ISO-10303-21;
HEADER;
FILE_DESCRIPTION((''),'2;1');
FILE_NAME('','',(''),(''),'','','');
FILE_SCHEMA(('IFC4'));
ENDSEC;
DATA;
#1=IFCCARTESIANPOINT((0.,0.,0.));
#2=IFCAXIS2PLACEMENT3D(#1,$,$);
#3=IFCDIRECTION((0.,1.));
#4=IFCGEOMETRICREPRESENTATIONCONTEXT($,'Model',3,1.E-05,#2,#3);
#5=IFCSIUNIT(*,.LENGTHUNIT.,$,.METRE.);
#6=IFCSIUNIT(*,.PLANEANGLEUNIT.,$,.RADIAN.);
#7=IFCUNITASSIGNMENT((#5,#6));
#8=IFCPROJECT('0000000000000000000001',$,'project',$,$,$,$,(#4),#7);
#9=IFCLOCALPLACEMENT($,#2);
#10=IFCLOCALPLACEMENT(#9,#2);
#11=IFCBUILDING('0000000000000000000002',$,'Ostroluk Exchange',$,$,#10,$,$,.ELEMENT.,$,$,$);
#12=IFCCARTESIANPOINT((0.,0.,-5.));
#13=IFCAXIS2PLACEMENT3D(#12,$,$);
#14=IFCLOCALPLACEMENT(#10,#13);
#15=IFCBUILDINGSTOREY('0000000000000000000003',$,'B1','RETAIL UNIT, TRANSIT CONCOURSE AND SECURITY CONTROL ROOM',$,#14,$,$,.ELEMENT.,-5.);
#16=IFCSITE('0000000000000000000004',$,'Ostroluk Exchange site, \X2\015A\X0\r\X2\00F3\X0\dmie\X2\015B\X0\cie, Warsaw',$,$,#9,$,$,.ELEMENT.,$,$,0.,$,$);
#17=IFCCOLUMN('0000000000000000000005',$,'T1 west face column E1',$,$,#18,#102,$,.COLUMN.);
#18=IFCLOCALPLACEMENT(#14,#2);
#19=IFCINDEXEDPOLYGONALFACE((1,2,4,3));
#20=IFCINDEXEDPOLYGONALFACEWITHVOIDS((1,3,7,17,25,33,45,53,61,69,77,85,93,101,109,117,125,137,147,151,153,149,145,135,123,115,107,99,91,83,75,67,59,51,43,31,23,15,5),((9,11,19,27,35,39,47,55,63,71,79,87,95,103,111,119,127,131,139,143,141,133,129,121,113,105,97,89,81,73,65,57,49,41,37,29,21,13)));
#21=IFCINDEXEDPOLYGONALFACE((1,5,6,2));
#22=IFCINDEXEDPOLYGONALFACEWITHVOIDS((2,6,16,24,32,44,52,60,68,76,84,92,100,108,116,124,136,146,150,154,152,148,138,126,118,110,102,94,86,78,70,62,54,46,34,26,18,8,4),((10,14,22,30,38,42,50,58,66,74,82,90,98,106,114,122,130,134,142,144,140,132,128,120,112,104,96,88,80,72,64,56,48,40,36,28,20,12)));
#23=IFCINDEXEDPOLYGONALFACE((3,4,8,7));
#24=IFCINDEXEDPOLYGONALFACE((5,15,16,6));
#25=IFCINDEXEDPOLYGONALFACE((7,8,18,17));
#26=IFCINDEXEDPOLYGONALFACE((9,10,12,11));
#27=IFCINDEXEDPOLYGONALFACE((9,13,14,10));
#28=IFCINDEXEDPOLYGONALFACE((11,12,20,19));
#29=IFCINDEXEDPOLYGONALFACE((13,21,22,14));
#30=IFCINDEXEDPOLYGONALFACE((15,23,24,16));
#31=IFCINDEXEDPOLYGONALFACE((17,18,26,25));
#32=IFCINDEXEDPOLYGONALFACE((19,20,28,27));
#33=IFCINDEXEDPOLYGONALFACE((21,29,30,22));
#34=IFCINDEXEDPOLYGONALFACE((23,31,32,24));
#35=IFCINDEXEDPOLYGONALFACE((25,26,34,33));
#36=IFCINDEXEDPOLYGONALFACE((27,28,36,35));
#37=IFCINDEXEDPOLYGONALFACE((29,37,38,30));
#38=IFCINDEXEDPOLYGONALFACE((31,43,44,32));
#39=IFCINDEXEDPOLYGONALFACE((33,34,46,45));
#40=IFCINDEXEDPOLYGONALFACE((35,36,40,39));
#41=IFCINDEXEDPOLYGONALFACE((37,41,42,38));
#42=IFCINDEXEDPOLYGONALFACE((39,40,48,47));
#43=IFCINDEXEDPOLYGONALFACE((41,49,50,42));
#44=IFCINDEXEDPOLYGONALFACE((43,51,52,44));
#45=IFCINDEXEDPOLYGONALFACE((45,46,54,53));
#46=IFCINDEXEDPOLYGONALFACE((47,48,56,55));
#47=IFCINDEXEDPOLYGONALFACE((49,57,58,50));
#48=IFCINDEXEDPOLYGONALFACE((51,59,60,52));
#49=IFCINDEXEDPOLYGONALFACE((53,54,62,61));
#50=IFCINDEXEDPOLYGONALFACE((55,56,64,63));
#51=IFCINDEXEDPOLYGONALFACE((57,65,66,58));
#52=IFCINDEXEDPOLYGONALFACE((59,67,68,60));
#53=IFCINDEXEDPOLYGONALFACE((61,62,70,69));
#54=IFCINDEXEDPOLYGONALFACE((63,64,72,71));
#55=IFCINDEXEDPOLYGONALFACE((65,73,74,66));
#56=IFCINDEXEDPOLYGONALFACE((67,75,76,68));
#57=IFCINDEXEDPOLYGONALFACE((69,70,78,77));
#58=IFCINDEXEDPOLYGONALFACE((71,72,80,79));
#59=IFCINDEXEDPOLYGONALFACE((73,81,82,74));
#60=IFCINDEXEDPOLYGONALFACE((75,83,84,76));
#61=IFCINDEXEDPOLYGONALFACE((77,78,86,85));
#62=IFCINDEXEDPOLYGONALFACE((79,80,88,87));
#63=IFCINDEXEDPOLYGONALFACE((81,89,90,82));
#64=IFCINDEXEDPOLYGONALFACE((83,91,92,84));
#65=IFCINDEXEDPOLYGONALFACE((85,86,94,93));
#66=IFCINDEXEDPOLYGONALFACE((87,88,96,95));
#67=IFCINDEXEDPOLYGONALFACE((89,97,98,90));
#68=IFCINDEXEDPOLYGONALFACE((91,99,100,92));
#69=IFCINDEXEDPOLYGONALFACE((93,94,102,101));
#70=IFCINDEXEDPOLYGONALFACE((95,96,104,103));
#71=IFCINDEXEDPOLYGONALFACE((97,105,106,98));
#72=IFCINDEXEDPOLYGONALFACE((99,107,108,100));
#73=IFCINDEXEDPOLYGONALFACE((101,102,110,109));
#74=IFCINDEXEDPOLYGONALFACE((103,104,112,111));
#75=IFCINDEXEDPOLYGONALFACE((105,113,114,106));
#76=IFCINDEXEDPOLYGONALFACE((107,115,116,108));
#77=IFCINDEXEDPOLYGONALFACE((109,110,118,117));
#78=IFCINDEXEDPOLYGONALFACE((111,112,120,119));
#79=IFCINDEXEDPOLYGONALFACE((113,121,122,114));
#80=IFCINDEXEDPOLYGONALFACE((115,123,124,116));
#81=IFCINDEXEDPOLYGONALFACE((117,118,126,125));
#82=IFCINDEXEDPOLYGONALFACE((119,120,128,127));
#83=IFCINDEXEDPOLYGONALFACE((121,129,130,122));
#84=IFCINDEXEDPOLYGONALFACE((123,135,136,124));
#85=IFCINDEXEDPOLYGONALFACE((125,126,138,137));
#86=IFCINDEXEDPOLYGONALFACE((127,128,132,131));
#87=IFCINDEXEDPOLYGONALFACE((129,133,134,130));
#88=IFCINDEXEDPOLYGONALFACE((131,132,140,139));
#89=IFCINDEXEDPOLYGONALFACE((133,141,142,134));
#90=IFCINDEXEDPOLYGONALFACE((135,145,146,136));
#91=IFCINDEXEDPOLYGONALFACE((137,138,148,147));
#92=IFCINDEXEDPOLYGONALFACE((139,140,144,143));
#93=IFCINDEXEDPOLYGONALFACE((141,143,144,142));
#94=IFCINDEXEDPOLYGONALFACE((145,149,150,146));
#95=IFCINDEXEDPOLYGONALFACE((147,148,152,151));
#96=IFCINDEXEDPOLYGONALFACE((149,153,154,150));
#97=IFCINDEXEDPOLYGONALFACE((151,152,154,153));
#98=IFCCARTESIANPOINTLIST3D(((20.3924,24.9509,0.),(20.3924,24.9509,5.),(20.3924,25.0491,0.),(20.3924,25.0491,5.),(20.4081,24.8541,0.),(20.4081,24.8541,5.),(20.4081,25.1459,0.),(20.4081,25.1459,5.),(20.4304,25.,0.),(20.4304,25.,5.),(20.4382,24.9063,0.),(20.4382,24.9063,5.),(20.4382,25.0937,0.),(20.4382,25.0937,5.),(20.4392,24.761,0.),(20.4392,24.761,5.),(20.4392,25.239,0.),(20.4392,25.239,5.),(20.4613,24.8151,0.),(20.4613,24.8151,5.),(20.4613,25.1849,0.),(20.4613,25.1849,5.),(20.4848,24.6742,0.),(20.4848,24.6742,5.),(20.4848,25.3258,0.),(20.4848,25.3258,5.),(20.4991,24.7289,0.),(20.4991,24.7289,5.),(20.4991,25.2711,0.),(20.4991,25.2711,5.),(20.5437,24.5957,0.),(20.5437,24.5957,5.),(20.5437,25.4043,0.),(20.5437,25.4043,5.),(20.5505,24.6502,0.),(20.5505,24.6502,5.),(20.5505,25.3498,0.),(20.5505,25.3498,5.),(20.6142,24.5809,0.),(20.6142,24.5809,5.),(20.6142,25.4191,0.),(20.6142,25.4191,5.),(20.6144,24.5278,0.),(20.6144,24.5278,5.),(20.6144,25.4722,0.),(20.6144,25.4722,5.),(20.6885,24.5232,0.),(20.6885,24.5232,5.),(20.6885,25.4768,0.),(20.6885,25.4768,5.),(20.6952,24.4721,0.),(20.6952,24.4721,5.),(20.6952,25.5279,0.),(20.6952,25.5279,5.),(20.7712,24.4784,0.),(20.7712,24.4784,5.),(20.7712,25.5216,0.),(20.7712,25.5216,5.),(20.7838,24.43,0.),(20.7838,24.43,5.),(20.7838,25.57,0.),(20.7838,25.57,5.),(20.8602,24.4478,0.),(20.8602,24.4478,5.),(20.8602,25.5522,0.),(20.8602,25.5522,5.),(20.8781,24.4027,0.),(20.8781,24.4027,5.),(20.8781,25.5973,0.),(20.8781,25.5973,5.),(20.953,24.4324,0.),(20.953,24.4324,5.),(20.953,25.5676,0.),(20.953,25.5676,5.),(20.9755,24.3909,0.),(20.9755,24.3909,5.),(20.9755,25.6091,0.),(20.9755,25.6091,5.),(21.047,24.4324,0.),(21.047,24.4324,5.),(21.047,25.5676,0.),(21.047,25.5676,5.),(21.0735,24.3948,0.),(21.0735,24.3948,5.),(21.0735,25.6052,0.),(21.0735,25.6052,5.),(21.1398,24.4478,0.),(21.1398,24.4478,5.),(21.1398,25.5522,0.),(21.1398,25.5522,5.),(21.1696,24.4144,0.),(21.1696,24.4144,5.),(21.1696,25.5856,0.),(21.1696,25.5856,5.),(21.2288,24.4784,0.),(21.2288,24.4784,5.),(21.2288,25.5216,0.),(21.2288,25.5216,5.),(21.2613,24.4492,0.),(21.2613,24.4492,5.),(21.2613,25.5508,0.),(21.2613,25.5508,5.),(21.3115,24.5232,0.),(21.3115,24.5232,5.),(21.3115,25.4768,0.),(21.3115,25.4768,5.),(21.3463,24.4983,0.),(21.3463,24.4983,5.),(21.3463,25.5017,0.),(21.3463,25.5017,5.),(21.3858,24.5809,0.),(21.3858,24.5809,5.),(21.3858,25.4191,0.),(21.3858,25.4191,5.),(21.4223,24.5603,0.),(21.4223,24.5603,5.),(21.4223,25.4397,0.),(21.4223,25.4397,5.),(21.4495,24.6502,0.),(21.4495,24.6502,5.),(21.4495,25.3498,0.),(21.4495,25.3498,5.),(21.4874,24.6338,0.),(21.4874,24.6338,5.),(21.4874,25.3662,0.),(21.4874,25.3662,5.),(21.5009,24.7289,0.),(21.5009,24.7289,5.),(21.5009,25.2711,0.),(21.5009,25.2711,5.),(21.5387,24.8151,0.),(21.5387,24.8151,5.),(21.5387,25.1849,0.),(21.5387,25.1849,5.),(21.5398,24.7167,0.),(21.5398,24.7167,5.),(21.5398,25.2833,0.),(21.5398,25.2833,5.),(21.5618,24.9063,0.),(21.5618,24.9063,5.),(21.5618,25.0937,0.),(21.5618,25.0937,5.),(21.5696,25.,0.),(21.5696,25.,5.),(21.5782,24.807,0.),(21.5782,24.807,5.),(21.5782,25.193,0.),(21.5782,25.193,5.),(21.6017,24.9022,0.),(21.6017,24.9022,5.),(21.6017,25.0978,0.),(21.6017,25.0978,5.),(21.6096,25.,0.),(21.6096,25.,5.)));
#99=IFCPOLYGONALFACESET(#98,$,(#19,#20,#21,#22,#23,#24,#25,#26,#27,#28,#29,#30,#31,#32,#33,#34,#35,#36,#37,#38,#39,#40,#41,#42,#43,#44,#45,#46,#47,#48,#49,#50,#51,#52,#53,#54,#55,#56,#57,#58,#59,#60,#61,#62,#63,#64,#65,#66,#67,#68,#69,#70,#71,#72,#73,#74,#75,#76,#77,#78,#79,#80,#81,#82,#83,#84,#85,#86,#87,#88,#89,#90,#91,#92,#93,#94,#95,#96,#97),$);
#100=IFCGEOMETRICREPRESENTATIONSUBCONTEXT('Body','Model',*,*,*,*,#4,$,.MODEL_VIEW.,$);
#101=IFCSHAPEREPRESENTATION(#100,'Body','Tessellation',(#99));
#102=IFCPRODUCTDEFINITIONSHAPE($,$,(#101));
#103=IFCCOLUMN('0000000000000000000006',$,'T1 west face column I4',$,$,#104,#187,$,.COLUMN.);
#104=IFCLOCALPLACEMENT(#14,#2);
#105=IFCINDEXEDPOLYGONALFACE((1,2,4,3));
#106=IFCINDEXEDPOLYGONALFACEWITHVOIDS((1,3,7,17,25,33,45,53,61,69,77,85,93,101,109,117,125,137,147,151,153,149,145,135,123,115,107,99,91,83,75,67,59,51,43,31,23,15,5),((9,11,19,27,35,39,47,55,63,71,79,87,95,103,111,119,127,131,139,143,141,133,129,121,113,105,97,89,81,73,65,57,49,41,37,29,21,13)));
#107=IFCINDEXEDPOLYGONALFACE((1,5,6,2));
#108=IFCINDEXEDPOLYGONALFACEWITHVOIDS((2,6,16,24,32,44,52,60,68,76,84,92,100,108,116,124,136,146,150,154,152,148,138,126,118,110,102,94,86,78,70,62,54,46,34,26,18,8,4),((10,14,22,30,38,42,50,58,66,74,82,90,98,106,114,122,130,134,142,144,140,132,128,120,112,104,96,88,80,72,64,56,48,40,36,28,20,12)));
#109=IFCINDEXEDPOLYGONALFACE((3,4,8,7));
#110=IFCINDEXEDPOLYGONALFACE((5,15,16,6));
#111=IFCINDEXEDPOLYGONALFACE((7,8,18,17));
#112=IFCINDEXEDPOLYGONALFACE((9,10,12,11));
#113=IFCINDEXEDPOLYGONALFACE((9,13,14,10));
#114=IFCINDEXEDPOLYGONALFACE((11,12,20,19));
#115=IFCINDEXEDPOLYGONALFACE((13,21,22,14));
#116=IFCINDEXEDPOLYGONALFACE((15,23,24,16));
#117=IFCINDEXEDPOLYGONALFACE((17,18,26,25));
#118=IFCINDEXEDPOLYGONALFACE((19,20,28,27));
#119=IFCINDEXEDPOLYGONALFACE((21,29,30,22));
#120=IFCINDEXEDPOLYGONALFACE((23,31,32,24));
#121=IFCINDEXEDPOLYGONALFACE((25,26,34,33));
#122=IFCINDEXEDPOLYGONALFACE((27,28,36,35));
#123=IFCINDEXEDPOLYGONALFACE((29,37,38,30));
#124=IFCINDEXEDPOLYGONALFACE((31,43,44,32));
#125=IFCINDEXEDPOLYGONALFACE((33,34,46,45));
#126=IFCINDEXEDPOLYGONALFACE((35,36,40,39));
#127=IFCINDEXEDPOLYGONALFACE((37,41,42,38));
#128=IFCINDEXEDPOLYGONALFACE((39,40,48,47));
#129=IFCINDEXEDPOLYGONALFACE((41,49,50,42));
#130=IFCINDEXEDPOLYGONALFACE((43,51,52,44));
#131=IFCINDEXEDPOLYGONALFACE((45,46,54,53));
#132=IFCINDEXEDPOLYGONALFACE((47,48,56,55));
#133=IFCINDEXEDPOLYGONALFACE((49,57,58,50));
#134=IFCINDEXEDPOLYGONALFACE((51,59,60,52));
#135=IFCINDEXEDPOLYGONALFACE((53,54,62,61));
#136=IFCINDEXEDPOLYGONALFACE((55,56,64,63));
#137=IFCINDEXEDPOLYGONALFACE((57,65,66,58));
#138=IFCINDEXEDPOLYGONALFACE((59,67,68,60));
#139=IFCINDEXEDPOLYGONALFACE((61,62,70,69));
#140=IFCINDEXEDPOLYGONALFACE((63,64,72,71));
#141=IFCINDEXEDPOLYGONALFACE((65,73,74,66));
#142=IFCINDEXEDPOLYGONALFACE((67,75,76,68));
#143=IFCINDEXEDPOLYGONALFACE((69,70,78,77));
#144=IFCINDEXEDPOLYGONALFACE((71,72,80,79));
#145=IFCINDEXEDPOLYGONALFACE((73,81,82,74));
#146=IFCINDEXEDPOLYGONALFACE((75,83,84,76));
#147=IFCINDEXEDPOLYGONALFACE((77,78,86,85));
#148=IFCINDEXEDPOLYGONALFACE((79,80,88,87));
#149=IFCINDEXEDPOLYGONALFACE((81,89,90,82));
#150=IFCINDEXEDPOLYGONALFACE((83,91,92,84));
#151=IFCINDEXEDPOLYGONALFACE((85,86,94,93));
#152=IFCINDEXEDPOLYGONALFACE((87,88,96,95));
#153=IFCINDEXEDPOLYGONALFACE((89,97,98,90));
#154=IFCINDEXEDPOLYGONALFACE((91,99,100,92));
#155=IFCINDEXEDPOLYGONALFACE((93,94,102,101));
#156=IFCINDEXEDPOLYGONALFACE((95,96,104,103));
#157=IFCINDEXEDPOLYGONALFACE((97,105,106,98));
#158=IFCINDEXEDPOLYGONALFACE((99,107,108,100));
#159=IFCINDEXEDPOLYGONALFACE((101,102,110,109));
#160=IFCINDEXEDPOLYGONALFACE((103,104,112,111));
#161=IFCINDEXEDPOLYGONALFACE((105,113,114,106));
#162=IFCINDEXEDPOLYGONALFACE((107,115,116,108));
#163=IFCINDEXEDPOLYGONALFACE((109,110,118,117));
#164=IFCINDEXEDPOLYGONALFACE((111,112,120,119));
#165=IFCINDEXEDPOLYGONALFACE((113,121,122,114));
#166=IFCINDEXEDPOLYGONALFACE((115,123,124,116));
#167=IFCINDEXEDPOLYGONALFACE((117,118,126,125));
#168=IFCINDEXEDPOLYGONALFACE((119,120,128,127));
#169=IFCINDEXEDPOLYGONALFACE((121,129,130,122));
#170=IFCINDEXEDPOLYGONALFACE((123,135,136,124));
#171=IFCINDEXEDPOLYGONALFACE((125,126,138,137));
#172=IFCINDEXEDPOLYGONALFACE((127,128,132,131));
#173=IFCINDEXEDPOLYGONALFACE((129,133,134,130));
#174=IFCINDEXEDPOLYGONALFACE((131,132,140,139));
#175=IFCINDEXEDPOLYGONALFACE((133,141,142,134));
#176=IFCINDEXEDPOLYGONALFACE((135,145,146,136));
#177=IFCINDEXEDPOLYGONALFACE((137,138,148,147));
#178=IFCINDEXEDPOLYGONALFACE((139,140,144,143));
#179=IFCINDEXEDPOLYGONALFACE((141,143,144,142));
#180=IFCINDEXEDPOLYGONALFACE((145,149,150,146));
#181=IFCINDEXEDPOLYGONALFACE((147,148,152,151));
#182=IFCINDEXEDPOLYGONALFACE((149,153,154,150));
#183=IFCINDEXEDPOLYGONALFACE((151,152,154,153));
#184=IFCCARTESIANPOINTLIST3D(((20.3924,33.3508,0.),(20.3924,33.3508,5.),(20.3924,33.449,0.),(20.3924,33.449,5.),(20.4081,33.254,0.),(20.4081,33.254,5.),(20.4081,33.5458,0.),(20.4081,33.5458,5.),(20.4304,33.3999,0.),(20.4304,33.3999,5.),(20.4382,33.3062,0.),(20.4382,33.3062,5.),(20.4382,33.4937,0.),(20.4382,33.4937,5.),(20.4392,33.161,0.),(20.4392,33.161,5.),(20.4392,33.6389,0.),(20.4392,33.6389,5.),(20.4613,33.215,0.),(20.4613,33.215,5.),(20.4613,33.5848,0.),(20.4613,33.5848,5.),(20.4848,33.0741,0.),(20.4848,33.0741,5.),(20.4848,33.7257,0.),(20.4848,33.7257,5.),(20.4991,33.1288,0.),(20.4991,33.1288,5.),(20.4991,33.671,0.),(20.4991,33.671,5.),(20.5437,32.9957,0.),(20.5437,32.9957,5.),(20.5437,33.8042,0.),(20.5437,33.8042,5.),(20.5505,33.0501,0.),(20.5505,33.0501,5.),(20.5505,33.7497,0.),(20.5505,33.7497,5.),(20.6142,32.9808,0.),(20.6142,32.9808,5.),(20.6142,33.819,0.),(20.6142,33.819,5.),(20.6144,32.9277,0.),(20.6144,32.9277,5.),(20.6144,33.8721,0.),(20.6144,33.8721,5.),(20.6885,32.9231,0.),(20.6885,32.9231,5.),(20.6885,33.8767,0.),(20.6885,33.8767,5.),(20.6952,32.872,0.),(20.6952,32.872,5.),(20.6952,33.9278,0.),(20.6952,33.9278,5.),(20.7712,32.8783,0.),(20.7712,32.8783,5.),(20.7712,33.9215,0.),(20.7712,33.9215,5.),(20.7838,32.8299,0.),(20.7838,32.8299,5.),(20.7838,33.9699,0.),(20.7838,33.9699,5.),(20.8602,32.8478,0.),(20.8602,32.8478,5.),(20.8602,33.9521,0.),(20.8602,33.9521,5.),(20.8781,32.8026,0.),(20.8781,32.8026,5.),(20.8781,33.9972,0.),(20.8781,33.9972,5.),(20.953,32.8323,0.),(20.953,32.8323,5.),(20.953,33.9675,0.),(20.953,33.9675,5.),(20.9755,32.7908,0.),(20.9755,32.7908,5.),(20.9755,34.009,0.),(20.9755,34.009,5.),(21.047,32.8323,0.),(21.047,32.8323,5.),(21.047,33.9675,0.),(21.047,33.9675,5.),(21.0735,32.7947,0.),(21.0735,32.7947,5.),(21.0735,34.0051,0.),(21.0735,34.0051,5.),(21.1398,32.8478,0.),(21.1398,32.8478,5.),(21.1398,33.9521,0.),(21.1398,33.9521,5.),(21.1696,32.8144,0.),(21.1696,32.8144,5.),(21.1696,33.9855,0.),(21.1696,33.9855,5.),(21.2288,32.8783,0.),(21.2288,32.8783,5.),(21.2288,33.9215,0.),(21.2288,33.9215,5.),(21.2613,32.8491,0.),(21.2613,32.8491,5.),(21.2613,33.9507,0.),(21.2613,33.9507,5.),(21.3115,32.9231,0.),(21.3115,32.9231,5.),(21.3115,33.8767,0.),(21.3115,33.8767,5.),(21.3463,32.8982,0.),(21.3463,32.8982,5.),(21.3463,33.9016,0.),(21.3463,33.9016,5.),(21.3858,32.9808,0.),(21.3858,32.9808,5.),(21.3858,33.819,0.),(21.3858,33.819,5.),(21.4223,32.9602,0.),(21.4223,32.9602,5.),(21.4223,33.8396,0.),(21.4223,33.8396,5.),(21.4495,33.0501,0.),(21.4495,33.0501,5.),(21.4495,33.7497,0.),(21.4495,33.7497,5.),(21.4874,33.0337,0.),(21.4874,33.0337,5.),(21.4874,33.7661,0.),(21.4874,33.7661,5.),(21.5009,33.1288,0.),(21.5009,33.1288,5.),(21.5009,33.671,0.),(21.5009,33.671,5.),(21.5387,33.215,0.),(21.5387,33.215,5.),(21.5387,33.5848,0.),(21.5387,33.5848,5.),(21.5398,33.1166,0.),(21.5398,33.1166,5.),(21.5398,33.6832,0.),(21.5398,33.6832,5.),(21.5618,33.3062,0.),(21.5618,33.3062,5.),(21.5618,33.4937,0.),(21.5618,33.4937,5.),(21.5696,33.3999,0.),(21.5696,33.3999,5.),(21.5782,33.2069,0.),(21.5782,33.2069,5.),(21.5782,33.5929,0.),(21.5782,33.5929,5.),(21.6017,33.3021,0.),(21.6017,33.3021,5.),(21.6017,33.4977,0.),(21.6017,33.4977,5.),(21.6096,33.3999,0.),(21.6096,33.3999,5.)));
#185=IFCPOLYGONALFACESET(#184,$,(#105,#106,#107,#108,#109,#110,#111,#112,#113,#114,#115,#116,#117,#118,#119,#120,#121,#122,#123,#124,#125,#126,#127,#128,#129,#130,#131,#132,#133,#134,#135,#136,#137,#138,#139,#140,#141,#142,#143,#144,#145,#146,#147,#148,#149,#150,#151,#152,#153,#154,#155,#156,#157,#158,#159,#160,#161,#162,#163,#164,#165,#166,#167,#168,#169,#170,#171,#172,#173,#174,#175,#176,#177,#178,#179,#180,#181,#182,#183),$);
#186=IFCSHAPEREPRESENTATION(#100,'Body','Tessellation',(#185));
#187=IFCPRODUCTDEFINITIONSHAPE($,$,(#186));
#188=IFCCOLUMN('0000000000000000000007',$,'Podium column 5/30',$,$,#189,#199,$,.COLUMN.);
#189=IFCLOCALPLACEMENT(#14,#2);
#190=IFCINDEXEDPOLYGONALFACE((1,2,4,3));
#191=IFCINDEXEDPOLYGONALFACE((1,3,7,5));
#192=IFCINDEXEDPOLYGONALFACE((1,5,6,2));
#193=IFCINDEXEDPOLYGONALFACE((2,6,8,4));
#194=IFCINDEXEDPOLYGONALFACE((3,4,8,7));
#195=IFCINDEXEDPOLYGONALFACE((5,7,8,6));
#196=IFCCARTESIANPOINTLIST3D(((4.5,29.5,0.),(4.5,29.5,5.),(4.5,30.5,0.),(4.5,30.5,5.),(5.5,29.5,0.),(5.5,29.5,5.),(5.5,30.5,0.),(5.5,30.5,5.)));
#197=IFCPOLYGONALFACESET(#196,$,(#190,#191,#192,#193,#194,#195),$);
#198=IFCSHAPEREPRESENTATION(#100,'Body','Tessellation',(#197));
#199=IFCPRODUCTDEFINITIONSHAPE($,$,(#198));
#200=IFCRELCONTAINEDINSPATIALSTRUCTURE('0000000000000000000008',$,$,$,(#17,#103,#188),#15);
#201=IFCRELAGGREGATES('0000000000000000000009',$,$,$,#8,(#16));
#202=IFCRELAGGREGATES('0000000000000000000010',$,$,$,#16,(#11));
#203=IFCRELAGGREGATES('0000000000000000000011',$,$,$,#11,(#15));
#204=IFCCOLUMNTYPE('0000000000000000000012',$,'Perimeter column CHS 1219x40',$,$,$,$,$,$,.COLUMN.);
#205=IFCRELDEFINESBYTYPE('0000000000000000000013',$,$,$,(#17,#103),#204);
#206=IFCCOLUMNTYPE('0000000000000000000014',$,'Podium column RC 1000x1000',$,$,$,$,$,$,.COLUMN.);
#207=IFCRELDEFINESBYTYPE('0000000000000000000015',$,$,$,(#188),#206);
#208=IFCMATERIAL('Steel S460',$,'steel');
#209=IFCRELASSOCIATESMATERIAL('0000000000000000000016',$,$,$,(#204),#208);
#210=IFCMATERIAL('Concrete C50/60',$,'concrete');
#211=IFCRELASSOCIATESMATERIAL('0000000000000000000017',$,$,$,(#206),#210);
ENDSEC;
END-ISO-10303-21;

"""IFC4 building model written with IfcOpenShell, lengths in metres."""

from ifc_helpers import new_model, si_unit, direction, frame, origin, origin_2d, place, context, subcontext, project, spatial, rectangle, hollow_circle, extrude, material, material_profile, profile_set, type_object, element, save


model = new_model("IFC4")

# Units and contexts
model_context = context("Model", 3, precision=1e-05, world=origin(), true_north=direction((0.0, 1.0)))
body_context = subcontext(model_context, "Body", "Model", "MODEL_VIEW")
ifc_project = project(units=[si_unit("LENGTHUNIT", "METRE"), si_unit("PLANEANGLEUNIT", "RADIAN")], contexts=[model_context])

# Site, building, storey
site_placement = place(None, origin())
site = spatial("IfcSite", under=ifc_project, at=site_placement, Name="Ostroluk Exchange site, Śródmieście, Warsaw", CompositionType="ELEMENT", RefElevation=0.0)
building_placement = place(site_placement, origin())
building = spatial("IfcBuilding", under=site, at=building_placement, Name="Ostroluk Exchange", CompositionType="ELEMENT")
storey_placement = place(building_placement, frame((0.0, 0.0, -5.0)))
storey = spatial("IfcBuildingStorey", under=building, at=storey_placement, Name="B1", Description="RETAIL UNIT, TRANSIT CONCOURSE AND SECURITY CONTROL ROOM", CompositionType="ELEMENT", Elevation=-5.0)

# Columns
ifc_material_1 = material(Name="Steel S460", Category="steel")
ifc_material_profile_1 = material_profile(ifc_material_1, hollow_circle(Radius=0.6096, WallThickness=0.04, at=origin_2d()), Name="CHS 1219x40")
ifc_profile_set_1 = profile_set([ifc_material_profile_1], Name="Steel S460")
column_type_1 = type_object("IfcColumnType", Name="Perimeter column CHS 1219x40", PredefinedType="COLUMN", material=ifc_profile_set_1)
for number, where, z_axis, x_axis, name in (
    (1, (21.0, 25.0, 0.0), (0.0, 0.0, 1.0), (1.0, 0.0, 0.0), "T1 west face column E1"),
    (2, (21.0, 33.3999, 0.0), (0.0, 0.0, 1.0), (1.0, 0.0, 0.0), "T1 west face column I4"),
):
    element("IfcColumn", number, at=place(storey_placement, frame(where, z_axis=z_axis, x_axis=x_axis)), inside=storey, type_object=column_type_1, Name=name, PredefinedType="COLUMN", context=body_context, shape_type="SweptSolid", body=[
        extrude(hollow_circle(Radius=0.6096, WallThickness=0.04, at=origin_2d()), origin(), (0.0, 0.0, 1.0), 5.0),
    ])
ifc_material_2 = material(Name="Concrete C50/60", Category="concrete")
ifc_material_profile_2 = material_profile(ifc_material_2, rectangle(XDim=1.0, YDim=1.0, at=origin_2d()), Name="RC 1000x1000")
ifc_profile_set_2 = profile_set([ifc_material_profile_2], Name="Concrete C50/60")
column_type_2 = type_object("IfcColumnType", Name="Podium column RC 1000x1000", PredefinedType="COLUMN", material=ifc_profile_set_2)
for number, where, z_axis, x_axis, name in (
    (3, (5.0, 30.0, 0.0), (0.0, 0.0, 1.0), (1.0, 0.0, 0.0), "Podium column 5/30"),
):
    element("IfcColumn", number, at=place(storey_placement, frame(where, z_axis=z_axis, x_axis=x_axis)), inside=storey, type_object=column_type_2, Name=name, PredefinedType="COLUMN", context=body_context, shape_type="SweptSolid", body=[
        extrude(rectangle(XDim=1.0, YDim=1.0, at=origin_2d()), origin(), (0.0, 0.0, 1.0), 5.0),
    ])

save(model, "model.ifc")
